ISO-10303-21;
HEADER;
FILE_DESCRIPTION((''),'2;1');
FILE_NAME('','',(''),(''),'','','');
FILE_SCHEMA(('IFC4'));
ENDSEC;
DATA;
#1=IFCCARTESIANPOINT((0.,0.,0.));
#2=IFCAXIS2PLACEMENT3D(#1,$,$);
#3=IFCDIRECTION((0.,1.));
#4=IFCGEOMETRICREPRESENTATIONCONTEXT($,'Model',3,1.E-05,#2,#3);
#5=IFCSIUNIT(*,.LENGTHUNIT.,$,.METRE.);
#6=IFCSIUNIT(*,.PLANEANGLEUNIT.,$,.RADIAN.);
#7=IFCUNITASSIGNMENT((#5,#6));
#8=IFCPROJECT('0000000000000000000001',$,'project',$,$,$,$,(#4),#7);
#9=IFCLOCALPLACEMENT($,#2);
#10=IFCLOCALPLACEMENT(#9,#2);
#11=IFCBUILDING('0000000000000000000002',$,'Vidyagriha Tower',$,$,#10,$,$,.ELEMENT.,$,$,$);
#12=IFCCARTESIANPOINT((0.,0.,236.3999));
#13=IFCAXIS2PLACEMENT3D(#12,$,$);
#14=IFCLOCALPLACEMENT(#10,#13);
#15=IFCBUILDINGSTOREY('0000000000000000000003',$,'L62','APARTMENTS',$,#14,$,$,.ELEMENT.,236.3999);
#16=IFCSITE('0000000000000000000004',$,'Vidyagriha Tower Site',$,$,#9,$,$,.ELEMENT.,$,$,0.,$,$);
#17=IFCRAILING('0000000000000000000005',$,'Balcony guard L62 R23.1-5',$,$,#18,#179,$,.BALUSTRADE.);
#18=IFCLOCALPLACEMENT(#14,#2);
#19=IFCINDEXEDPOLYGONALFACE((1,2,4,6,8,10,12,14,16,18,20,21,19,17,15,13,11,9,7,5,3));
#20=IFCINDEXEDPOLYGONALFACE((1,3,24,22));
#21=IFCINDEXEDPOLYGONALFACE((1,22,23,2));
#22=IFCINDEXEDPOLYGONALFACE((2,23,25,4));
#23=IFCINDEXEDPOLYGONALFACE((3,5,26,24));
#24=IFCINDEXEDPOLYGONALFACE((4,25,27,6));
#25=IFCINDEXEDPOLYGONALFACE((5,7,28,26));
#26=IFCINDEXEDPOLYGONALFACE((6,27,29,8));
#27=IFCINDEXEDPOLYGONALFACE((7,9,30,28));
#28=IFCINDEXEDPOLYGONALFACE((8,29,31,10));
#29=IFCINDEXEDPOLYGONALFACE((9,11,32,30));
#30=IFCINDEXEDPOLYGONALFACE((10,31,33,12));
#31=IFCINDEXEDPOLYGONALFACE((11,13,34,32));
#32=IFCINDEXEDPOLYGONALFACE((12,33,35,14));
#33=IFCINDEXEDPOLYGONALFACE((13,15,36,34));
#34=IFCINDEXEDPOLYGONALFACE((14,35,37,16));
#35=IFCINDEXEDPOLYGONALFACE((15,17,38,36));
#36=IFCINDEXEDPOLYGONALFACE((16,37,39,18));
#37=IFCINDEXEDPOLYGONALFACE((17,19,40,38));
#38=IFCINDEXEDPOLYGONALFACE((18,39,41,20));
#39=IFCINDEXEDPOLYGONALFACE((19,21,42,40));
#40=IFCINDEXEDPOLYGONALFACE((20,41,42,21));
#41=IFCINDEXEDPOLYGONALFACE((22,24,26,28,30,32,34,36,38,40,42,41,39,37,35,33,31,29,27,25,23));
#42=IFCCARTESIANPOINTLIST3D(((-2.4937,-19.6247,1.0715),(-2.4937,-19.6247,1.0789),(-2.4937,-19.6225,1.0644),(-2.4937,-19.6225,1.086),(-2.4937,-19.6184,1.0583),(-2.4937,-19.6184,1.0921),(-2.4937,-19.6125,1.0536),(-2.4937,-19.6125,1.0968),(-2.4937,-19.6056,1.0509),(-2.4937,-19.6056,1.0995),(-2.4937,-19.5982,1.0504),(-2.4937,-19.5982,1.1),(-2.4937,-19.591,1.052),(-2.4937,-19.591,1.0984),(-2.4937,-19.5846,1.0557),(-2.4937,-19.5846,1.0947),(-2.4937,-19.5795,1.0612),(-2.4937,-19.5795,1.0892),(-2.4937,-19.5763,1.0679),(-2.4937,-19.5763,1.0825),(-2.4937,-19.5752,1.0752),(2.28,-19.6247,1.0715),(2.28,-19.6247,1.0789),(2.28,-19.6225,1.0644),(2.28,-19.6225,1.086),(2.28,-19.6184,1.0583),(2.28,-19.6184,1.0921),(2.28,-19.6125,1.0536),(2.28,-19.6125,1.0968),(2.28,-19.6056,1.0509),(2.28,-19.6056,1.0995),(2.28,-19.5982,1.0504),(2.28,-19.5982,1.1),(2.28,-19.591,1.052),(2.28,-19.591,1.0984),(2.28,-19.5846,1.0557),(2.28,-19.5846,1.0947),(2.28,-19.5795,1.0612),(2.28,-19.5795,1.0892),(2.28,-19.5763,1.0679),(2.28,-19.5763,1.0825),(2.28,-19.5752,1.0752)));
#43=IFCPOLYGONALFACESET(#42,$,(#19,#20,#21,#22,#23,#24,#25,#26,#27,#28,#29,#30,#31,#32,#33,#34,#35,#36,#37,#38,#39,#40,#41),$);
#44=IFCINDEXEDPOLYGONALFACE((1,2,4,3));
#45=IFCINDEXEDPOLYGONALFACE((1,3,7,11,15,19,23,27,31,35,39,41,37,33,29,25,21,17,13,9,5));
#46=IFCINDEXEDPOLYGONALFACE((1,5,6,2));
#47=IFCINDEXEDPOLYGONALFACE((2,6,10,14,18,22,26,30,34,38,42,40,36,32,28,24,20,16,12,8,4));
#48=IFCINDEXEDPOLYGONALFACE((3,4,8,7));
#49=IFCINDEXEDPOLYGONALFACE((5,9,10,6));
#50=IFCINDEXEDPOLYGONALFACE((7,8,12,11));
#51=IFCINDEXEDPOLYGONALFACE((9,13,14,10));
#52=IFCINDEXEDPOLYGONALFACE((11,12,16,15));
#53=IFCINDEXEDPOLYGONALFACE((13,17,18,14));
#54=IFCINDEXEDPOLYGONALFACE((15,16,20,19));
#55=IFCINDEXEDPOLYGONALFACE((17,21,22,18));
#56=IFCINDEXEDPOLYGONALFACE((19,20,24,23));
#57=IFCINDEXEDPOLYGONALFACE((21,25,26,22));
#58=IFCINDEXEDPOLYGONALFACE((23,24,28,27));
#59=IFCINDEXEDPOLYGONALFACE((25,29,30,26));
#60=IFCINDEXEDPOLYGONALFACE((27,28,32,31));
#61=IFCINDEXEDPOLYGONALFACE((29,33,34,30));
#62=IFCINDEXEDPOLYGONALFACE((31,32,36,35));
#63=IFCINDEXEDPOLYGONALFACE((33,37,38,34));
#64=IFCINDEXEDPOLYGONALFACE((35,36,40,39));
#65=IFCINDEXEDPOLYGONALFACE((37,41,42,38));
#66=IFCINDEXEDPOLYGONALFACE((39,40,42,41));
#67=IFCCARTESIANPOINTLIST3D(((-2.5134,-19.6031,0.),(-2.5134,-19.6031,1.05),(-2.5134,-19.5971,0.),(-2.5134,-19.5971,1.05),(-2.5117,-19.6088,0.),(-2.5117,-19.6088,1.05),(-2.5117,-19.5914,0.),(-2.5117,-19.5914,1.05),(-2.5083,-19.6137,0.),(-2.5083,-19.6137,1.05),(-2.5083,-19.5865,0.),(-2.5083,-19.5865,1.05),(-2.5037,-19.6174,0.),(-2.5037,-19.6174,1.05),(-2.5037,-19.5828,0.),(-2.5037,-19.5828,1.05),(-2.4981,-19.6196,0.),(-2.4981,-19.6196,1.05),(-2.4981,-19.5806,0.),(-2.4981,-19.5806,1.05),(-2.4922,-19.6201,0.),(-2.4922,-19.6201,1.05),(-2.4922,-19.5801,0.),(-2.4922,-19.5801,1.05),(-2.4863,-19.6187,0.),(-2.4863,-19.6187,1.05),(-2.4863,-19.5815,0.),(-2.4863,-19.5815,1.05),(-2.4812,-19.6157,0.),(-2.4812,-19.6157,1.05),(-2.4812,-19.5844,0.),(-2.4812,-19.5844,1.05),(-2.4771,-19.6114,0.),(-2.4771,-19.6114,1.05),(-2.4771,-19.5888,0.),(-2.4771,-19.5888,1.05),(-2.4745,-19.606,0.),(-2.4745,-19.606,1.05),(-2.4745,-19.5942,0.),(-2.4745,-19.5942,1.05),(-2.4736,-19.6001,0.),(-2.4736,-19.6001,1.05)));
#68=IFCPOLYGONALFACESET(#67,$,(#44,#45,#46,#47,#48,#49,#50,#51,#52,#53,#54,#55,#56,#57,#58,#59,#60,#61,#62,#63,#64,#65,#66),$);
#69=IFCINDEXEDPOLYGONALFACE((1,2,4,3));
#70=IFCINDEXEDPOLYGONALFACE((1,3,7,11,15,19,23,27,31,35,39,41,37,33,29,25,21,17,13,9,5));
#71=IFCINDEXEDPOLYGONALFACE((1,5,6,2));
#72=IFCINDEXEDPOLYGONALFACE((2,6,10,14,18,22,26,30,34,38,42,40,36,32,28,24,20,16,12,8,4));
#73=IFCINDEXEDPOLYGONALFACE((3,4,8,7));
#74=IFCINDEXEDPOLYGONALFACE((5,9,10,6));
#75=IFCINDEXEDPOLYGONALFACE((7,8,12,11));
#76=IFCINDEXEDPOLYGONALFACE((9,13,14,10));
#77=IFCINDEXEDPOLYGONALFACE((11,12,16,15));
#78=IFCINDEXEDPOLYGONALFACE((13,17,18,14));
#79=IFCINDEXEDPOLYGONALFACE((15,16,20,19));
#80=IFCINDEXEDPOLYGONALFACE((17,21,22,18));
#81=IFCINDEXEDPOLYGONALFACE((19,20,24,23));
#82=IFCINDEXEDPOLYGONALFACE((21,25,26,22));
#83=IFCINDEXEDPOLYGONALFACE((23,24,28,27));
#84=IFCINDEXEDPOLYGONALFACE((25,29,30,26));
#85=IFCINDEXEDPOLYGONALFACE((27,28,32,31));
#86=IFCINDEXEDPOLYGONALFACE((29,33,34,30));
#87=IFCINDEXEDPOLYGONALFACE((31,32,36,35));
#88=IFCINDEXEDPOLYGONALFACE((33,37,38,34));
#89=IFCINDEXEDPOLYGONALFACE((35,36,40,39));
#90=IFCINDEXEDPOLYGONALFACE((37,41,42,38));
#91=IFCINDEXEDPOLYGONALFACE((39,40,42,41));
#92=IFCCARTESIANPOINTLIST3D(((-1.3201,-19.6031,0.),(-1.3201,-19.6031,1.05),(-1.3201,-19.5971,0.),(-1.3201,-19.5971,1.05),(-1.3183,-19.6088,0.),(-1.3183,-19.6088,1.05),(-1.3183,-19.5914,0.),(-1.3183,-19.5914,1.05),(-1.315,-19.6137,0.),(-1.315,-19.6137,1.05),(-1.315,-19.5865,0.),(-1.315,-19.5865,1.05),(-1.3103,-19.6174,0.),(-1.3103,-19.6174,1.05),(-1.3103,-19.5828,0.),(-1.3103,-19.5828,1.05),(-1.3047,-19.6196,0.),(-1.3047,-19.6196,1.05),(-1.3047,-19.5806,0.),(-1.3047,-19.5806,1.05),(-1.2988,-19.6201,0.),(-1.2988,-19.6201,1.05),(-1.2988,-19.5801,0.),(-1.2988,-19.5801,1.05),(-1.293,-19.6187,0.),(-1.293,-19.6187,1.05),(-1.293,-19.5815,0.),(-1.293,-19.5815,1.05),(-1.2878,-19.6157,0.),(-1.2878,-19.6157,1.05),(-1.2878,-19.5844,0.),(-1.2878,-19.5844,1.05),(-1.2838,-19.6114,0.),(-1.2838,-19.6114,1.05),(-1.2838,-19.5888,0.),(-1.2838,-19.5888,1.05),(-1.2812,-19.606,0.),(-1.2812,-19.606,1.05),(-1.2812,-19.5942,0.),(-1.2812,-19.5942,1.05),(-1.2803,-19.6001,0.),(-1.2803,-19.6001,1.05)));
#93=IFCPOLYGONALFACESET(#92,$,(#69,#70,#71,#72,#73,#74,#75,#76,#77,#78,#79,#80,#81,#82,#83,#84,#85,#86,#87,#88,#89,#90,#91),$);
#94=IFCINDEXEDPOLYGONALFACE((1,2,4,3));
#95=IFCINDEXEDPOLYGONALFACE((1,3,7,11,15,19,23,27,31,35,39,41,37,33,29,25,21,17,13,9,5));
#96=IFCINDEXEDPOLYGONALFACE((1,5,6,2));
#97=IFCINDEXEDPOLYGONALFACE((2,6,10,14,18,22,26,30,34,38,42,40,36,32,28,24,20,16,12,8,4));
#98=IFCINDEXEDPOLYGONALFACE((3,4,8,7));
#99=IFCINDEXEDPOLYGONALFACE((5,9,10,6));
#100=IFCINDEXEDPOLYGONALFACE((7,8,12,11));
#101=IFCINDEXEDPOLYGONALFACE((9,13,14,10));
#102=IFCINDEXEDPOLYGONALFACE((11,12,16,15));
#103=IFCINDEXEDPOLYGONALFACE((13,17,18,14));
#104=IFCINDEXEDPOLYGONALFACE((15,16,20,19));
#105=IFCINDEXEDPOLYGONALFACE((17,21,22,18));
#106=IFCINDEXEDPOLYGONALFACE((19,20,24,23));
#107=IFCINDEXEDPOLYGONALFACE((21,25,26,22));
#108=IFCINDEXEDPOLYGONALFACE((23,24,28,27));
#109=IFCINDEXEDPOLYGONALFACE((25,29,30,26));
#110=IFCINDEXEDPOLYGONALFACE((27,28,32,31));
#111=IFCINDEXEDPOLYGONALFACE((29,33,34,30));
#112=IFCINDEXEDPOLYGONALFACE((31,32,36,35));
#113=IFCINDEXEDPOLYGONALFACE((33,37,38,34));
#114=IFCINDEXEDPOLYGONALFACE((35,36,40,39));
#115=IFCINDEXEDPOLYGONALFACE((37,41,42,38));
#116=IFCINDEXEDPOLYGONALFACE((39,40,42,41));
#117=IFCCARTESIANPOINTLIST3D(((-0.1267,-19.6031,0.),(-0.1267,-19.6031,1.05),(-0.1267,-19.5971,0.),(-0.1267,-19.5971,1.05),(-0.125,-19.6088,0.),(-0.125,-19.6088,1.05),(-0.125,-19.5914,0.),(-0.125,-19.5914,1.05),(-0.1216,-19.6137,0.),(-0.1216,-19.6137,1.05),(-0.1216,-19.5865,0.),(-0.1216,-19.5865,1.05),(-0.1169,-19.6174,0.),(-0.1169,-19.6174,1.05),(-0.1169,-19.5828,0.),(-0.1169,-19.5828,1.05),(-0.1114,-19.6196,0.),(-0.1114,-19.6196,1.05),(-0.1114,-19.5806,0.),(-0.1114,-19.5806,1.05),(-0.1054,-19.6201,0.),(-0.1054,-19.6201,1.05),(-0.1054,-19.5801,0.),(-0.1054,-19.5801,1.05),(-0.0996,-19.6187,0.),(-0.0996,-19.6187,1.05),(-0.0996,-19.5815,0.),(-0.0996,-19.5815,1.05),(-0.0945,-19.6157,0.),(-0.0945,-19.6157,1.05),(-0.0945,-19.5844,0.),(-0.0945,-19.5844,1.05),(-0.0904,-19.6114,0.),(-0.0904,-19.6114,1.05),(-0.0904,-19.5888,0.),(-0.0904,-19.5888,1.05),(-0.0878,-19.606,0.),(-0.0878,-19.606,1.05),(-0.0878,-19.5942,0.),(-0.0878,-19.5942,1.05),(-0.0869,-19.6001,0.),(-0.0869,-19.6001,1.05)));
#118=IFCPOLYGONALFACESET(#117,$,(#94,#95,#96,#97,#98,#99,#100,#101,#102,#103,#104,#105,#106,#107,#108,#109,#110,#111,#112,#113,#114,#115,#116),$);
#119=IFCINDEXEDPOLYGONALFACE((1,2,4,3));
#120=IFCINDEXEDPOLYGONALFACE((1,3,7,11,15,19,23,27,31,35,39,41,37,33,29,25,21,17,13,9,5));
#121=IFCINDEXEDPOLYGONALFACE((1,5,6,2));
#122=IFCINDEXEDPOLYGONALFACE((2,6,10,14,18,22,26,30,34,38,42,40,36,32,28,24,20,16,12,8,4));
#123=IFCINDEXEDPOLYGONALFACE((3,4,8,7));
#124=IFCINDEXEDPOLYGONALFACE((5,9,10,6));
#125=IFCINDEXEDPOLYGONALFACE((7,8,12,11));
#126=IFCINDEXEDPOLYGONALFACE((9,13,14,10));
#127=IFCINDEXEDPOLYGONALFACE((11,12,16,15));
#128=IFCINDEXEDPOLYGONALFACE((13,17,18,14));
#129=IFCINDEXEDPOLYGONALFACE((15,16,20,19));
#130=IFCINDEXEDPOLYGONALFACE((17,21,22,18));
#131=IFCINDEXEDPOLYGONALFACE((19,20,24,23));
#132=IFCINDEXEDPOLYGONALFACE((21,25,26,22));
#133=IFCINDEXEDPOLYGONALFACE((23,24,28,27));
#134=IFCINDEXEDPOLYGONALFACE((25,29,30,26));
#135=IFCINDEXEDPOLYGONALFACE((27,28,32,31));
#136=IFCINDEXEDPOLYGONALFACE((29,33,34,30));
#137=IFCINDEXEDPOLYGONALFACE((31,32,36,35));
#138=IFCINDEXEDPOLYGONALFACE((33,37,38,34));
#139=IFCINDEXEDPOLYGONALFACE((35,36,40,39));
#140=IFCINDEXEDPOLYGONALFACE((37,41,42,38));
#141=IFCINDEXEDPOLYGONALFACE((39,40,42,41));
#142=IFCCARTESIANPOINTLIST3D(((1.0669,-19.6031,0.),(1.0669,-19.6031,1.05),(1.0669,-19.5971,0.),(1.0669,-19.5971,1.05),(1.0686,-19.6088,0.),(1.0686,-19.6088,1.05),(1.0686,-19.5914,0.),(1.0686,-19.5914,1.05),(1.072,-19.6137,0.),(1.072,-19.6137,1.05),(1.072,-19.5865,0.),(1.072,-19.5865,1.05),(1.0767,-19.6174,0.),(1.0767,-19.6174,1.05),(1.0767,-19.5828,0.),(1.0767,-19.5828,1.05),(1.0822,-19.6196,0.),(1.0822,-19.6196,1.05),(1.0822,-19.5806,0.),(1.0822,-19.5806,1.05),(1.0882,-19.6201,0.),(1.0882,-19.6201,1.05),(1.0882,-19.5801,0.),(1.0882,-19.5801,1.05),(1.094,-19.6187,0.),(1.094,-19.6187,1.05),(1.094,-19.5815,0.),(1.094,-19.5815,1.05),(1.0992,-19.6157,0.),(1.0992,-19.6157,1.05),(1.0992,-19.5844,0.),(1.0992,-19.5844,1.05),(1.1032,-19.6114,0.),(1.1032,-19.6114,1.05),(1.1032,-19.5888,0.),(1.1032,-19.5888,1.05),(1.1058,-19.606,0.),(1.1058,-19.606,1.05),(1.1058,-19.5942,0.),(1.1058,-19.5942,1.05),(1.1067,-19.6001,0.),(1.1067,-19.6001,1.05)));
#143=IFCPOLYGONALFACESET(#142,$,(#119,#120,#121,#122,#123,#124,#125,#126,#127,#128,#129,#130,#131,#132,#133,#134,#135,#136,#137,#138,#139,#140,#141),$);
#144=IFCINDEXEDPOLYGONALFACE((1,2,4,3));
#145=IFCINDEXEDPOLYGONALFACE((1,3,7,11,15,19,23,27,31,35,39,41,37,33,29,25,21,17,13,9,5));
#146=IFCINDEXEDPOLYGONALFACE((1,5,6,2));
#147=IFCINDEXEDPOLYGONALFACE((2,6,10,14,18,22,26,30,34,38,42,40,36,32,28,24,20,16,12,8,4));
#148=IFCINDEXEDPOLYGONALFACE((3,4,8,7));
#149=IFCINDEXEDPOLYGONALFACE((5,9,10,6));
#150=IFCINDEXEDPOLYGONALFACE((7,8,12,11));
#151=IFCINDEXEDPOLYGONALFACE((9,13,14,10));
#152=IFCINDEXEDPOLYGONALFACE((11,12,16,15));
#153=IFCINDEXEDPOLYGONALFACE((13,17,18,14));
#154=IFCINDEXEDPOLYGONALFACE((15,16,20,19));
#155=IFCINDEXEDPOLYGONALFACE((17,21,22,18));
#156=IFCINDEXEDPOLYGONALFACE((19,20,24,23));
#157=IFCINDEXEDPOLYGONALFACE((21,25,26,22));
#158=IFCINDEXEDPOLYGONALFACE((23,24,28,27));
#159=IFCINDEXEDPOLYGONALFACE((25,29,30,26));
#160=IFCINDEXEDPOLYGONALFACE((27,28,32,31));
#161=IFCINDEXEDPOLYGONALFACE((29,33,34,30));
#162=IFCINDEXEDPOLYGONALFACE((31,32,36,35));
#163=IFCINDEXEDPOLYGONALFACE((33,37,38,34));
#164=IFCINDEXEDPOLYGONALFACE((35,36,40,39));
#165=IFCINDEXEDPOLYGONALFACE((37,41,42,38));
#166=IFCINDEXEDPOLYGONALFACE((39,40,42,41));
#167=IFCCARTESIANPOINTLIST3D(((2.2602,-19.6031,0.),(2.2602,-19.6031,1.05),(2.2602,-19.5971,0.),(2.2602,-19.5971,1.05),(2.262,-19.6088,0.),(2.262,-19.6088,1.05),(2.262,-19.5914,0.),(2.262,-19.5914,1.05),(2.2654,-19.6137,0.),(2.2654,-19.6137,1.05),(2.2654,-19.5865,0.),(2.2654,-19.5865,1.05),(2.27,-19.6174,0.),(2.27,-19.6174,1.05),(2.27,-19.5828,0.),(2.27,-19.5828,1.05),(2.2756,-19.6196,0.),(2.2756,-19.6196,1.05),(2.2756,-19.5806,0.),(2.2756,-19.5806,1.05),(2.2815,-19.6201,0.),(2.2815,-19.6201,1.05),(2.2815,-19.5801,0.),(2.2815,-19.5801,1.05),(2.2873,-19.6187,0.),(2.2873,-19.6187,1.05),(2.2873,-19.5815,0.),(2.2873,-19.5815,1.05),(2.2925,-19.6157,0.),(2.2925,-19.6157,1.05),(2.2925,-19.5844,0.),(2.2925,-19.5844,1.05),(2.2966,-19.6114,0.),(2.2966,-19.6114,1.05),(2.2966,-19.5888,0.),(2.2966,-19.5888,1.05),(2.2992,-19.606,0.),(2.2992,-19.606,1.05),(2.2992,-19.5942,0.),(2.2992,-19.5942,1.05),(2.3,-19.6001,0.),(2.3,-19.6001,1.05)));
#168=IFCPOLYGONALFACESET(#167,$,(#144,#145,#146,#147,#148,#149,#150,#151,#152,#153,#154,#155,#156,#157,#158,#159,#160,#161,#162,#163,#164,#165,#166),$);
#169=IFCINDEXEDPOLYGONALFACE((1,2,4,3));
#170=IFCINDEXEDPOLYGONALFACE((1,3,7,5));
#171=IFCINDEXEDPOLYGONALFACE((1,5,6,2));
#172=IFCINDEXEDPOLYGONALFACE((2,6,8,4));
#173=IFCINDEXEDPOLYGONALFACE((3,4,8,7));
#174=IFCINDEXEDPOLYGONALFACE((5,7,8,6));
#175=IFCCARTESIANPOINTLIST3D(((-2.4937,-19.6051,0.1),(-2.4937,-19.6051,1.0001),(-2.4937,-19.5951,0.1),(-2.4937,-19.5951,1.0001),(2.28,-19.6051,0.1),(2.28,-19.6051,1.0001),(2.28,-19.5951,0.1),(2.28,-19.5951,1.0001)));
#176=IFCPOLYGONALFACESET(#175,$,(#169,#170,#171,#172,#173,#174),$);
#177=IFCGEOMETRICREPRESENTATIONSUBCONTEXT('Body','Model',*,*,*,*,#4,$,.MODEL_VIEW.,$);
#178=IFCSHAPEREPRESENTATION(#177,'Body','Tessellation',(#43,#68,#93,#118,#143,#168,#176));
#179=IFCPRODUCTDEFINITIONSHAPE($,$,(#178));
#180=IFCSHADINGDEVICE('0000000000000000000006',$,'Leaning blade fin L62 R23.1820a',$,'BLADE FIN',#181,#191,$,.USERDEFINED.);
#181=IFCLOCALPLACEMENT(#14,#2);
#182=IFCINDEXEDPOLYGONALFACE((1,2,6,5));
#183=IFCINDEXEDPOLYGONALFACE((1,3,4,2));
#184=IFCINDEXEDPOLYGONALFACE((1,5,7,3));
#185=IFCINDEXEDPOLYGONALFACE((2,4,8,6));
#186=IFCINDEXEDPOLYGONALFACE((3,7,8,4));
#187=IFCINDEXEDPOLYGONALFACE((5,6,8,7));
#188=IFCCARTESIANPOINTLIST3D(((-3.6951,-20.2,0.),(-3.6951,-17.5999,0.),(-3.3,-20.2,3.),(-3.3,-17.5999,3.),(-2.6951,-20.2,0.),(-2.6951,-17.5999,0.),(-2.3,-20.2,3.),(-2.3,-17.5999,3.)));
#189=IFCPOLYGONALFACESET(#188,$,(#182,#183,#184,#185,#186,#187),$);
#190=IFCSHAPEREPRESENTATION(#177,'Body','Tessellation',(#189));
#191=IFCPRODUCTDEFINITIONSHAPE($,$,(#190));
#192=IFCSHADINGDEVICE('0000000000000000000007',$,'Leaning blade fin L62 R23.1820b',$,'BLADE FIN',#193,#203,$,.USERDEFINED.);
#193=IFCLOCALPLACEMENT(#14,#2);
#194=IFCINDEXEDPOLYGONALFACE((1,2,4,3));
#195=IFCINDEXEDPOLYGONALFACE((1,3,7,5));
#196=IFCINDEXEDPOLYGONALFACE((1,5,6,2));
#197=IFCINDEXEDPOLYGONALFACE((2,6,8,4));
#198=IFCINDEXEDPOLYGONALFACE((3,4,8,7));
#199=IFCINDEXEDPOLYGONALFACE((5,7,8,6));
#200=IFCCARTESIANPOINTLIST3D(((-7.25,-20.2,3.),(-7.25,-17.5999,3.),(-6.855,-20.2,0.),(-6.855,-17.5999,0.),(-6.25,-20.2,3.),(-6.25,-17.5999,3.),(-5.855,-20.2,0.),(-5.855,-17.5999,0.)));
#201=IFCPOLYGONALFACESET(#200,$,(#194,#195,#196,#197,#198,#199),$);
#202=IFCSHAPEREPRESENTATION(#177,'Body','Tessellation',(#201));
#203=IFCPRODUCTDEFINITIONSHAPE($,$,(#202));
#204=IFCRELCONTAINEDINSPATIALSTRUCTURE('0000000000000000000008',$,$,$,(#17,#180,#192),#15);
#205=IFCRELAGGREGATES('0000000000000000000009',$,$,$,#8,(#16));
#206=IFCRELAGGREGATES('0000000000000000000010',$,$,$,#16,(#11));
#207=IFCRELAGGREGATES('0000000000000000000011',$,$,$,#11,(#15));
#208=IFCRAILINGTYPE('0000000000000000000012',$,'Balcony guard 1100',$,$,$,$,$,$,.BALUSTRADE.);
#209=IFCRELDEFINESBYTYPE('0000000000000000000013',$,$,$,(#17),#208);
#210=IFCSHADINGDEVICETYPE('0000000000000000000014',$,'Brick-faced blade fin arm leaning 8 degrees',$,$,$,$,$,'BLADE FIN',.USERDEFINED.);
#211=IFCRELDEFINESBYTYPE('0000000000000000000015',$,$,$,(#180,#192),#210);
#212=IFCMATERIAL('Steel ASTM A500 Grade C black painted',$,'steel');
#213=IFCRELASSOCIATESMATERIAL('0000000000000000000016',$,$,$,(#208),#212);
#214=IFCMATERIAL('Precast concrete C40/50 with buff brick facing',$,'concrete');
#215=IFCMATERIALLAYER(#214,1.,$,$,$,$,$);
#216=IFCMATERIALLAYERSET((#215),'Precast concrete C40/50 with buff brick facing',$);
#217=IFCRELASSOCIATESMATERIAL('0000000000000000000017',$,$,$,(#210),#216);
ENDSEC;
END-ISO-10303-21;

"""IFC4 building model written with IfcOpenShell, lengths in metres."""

from ifc_helpers import new_model, si_unit, direction, frame, origin, origin_2d, place, context, subcontext, project, spatial, polyline, rectangle, circle, outline, extrude, material, layer, layer_set, type_object, element, save


model = new_model("IFC4")

# Units and contexts
model_context = context("Model", 3, precision=1e-05, world=origin(), true_north=direction((0.0, 1.0)))
body_context = subcontext(model_context, "Body", "Model", "MODEL_VIEW")
ifc_project = project(units=[si_unit("LENGTHUNIT", "METRE"), si_unit("PLANEANGLEUNIT", "RADIAN")], contexts=[model_context])

# Site, building, storey
site_placement = place(None, origin())
site = spatial("IfcSite", under=ifc_project, at=site_placement, Name="Vidyagriha Tower Site", CompositionType="ELEMENT", RefElevation=0.0)
building_placement = place(site_placement, origin())
building = spatial("IfcBuilding", under=site, at=building_placement, Name="Vidyagriha Tower", CompositionType="ELEMENT")
storey_placement = place(building_placement, frame((0.0, 0.0, 236.3999)))
storey = spatial("IfcBuildingStorey", under=building, at=storey_placement, Name="L62", Description="APARTMENTS", CompositionType="ELEMENT", Elevation=236.3999)

# Railing
ifc_material_1 = material(Name="Steel ASTM A500 Grade C black painted", Category="steel")
railing_type = type_object("IfcRailingType", Name="Balcony guard 1100", PredefinedType="BALUSTRADE", material=ifc_material_1)
railing_1_placement = place(storey_placement, frame((-2.4937, -19.6001, 0.0)))
element("IfcRailing", 1, at=railing_1_placement, inside=storey, type_object=railing_type, Name="Balcony guard L62 R23.1-5", PredefinedType="BALUSTRADE", context=body_context, shape_type="SweptSolid", body=[
    extrude(circle(Radius=0.0249, at=origin_2d()), frame((0.0, 0.0, 1.0752), z_axis=(1.0, 0.0, 0.0), x_axis=(0.0, 1.0, 0.0)), (0.0, 0.0, 1.0), 4.7737),
    extrude(circle(Radius=0.02, at=origin_2d()), origin(), (0.0, 0.0, 1.0), 1.05),
    extrude(circle(Radius=0.02, at=origin_2d()), frame((1.1934, 0.0, 0.0)), (0.0, 0.0, 1.0), 1.05),
    extrude(circle(Radius=0.02, at=origin_2d()), frame((2.3867, 0.0, 0.0)), (0.0, 0.0, 1.0), 1.05),
    extrude(circle(Radius=0.02, at=origin_2d()), frame((3.5803, 0.0, 0.0)), (0.0, 0.0, 1.0), 1.05),
    extrude(circle(Radius=0.02, at=origin_2d()), frame((4.7737, 0.0, 0.0)), (0.0, 0.0, 1.0), 1.05),
    extrude(rectangle(XDim=0.01, YDim=0.9001, at=origin_2d()), frame((0.0, 0.0, 0.55), z_axis=(1.0, 0.0, 0.0), x_axis=(0.0, 1.0, 0.0)), (0.0, 0.0, 1.0), 4.7737),
])

# Shading devices
ifc_material_2 = material(Name="Precast concrete C40/50 with buff brick facing", Category="concrete")
ifc_layer_1 = layer(ifc_material_2, 1.0)
ifc_layer_set_1 = layer_set([ifc_layer_1], Name="Precast concrete C40/50 with buff brick facing")
shading_device_type = type_object("IfcShadingDeviceType", Name="Brick-faced blade fin arm leaning 8 degrees", ElementType="BLADE FIN", PredefinedType="USERDEFINED", material=ifc_layer_set_1)
shading_device_1_placement = place(storey_placement, frame((-3.6951, -18.8999, 0.0)))
element("IfcShadingDevice", 2, at=shading_device_1_placement, inside=storey, type_object=shading_device_type, Name="Leaning blade fin L62 R23.1820a", ObjectType="BLADE FIN", PredefinedType="USERDEFINED", context=body_context, shape_type="SweptSolid", body=[
    extrude(outline(polyline([(0.0, 0.0), (1.0, 0.0), (1.395, 3.0), (0.395, 3.0), (0.0, 0.0)])), frame((0.0, 1.3, 0.0), z_axis=(0.0, -1.0, 0.0), x_axis=(1.0, 0.0, 0.0)), (0.0, 0.0, 1.0), 2.6001),
])
shading_device_2_placement = place(storey_placement, frame((-7.25, -18.8999, 0.0)))
element("IfcShadingDevice", 3, at=shading_device_2_placement, inside=storey, type_object=shading_device_type, Name="Leaning blade fin L62 R23.1820b", ObjectType="BLADE FIN", PredefinedType="USERDEFINED", context=body_context, shape_type="SweptSolid", body=[
    extrude(outline(polyline([(0.395, 0.0), (1.395, 0.0), (1.0, 3.0), (0.0, 3.0), (0.395, 0.0)])), frame((0.0, 1.3, 0.0), z_axis=(0.0, -1.0, 0.0), x_axis=(1.0, 0.0, 0.0)), (0.0, 0.0, 1.0), 2.6001),
])

save(model, "model.ifc")
